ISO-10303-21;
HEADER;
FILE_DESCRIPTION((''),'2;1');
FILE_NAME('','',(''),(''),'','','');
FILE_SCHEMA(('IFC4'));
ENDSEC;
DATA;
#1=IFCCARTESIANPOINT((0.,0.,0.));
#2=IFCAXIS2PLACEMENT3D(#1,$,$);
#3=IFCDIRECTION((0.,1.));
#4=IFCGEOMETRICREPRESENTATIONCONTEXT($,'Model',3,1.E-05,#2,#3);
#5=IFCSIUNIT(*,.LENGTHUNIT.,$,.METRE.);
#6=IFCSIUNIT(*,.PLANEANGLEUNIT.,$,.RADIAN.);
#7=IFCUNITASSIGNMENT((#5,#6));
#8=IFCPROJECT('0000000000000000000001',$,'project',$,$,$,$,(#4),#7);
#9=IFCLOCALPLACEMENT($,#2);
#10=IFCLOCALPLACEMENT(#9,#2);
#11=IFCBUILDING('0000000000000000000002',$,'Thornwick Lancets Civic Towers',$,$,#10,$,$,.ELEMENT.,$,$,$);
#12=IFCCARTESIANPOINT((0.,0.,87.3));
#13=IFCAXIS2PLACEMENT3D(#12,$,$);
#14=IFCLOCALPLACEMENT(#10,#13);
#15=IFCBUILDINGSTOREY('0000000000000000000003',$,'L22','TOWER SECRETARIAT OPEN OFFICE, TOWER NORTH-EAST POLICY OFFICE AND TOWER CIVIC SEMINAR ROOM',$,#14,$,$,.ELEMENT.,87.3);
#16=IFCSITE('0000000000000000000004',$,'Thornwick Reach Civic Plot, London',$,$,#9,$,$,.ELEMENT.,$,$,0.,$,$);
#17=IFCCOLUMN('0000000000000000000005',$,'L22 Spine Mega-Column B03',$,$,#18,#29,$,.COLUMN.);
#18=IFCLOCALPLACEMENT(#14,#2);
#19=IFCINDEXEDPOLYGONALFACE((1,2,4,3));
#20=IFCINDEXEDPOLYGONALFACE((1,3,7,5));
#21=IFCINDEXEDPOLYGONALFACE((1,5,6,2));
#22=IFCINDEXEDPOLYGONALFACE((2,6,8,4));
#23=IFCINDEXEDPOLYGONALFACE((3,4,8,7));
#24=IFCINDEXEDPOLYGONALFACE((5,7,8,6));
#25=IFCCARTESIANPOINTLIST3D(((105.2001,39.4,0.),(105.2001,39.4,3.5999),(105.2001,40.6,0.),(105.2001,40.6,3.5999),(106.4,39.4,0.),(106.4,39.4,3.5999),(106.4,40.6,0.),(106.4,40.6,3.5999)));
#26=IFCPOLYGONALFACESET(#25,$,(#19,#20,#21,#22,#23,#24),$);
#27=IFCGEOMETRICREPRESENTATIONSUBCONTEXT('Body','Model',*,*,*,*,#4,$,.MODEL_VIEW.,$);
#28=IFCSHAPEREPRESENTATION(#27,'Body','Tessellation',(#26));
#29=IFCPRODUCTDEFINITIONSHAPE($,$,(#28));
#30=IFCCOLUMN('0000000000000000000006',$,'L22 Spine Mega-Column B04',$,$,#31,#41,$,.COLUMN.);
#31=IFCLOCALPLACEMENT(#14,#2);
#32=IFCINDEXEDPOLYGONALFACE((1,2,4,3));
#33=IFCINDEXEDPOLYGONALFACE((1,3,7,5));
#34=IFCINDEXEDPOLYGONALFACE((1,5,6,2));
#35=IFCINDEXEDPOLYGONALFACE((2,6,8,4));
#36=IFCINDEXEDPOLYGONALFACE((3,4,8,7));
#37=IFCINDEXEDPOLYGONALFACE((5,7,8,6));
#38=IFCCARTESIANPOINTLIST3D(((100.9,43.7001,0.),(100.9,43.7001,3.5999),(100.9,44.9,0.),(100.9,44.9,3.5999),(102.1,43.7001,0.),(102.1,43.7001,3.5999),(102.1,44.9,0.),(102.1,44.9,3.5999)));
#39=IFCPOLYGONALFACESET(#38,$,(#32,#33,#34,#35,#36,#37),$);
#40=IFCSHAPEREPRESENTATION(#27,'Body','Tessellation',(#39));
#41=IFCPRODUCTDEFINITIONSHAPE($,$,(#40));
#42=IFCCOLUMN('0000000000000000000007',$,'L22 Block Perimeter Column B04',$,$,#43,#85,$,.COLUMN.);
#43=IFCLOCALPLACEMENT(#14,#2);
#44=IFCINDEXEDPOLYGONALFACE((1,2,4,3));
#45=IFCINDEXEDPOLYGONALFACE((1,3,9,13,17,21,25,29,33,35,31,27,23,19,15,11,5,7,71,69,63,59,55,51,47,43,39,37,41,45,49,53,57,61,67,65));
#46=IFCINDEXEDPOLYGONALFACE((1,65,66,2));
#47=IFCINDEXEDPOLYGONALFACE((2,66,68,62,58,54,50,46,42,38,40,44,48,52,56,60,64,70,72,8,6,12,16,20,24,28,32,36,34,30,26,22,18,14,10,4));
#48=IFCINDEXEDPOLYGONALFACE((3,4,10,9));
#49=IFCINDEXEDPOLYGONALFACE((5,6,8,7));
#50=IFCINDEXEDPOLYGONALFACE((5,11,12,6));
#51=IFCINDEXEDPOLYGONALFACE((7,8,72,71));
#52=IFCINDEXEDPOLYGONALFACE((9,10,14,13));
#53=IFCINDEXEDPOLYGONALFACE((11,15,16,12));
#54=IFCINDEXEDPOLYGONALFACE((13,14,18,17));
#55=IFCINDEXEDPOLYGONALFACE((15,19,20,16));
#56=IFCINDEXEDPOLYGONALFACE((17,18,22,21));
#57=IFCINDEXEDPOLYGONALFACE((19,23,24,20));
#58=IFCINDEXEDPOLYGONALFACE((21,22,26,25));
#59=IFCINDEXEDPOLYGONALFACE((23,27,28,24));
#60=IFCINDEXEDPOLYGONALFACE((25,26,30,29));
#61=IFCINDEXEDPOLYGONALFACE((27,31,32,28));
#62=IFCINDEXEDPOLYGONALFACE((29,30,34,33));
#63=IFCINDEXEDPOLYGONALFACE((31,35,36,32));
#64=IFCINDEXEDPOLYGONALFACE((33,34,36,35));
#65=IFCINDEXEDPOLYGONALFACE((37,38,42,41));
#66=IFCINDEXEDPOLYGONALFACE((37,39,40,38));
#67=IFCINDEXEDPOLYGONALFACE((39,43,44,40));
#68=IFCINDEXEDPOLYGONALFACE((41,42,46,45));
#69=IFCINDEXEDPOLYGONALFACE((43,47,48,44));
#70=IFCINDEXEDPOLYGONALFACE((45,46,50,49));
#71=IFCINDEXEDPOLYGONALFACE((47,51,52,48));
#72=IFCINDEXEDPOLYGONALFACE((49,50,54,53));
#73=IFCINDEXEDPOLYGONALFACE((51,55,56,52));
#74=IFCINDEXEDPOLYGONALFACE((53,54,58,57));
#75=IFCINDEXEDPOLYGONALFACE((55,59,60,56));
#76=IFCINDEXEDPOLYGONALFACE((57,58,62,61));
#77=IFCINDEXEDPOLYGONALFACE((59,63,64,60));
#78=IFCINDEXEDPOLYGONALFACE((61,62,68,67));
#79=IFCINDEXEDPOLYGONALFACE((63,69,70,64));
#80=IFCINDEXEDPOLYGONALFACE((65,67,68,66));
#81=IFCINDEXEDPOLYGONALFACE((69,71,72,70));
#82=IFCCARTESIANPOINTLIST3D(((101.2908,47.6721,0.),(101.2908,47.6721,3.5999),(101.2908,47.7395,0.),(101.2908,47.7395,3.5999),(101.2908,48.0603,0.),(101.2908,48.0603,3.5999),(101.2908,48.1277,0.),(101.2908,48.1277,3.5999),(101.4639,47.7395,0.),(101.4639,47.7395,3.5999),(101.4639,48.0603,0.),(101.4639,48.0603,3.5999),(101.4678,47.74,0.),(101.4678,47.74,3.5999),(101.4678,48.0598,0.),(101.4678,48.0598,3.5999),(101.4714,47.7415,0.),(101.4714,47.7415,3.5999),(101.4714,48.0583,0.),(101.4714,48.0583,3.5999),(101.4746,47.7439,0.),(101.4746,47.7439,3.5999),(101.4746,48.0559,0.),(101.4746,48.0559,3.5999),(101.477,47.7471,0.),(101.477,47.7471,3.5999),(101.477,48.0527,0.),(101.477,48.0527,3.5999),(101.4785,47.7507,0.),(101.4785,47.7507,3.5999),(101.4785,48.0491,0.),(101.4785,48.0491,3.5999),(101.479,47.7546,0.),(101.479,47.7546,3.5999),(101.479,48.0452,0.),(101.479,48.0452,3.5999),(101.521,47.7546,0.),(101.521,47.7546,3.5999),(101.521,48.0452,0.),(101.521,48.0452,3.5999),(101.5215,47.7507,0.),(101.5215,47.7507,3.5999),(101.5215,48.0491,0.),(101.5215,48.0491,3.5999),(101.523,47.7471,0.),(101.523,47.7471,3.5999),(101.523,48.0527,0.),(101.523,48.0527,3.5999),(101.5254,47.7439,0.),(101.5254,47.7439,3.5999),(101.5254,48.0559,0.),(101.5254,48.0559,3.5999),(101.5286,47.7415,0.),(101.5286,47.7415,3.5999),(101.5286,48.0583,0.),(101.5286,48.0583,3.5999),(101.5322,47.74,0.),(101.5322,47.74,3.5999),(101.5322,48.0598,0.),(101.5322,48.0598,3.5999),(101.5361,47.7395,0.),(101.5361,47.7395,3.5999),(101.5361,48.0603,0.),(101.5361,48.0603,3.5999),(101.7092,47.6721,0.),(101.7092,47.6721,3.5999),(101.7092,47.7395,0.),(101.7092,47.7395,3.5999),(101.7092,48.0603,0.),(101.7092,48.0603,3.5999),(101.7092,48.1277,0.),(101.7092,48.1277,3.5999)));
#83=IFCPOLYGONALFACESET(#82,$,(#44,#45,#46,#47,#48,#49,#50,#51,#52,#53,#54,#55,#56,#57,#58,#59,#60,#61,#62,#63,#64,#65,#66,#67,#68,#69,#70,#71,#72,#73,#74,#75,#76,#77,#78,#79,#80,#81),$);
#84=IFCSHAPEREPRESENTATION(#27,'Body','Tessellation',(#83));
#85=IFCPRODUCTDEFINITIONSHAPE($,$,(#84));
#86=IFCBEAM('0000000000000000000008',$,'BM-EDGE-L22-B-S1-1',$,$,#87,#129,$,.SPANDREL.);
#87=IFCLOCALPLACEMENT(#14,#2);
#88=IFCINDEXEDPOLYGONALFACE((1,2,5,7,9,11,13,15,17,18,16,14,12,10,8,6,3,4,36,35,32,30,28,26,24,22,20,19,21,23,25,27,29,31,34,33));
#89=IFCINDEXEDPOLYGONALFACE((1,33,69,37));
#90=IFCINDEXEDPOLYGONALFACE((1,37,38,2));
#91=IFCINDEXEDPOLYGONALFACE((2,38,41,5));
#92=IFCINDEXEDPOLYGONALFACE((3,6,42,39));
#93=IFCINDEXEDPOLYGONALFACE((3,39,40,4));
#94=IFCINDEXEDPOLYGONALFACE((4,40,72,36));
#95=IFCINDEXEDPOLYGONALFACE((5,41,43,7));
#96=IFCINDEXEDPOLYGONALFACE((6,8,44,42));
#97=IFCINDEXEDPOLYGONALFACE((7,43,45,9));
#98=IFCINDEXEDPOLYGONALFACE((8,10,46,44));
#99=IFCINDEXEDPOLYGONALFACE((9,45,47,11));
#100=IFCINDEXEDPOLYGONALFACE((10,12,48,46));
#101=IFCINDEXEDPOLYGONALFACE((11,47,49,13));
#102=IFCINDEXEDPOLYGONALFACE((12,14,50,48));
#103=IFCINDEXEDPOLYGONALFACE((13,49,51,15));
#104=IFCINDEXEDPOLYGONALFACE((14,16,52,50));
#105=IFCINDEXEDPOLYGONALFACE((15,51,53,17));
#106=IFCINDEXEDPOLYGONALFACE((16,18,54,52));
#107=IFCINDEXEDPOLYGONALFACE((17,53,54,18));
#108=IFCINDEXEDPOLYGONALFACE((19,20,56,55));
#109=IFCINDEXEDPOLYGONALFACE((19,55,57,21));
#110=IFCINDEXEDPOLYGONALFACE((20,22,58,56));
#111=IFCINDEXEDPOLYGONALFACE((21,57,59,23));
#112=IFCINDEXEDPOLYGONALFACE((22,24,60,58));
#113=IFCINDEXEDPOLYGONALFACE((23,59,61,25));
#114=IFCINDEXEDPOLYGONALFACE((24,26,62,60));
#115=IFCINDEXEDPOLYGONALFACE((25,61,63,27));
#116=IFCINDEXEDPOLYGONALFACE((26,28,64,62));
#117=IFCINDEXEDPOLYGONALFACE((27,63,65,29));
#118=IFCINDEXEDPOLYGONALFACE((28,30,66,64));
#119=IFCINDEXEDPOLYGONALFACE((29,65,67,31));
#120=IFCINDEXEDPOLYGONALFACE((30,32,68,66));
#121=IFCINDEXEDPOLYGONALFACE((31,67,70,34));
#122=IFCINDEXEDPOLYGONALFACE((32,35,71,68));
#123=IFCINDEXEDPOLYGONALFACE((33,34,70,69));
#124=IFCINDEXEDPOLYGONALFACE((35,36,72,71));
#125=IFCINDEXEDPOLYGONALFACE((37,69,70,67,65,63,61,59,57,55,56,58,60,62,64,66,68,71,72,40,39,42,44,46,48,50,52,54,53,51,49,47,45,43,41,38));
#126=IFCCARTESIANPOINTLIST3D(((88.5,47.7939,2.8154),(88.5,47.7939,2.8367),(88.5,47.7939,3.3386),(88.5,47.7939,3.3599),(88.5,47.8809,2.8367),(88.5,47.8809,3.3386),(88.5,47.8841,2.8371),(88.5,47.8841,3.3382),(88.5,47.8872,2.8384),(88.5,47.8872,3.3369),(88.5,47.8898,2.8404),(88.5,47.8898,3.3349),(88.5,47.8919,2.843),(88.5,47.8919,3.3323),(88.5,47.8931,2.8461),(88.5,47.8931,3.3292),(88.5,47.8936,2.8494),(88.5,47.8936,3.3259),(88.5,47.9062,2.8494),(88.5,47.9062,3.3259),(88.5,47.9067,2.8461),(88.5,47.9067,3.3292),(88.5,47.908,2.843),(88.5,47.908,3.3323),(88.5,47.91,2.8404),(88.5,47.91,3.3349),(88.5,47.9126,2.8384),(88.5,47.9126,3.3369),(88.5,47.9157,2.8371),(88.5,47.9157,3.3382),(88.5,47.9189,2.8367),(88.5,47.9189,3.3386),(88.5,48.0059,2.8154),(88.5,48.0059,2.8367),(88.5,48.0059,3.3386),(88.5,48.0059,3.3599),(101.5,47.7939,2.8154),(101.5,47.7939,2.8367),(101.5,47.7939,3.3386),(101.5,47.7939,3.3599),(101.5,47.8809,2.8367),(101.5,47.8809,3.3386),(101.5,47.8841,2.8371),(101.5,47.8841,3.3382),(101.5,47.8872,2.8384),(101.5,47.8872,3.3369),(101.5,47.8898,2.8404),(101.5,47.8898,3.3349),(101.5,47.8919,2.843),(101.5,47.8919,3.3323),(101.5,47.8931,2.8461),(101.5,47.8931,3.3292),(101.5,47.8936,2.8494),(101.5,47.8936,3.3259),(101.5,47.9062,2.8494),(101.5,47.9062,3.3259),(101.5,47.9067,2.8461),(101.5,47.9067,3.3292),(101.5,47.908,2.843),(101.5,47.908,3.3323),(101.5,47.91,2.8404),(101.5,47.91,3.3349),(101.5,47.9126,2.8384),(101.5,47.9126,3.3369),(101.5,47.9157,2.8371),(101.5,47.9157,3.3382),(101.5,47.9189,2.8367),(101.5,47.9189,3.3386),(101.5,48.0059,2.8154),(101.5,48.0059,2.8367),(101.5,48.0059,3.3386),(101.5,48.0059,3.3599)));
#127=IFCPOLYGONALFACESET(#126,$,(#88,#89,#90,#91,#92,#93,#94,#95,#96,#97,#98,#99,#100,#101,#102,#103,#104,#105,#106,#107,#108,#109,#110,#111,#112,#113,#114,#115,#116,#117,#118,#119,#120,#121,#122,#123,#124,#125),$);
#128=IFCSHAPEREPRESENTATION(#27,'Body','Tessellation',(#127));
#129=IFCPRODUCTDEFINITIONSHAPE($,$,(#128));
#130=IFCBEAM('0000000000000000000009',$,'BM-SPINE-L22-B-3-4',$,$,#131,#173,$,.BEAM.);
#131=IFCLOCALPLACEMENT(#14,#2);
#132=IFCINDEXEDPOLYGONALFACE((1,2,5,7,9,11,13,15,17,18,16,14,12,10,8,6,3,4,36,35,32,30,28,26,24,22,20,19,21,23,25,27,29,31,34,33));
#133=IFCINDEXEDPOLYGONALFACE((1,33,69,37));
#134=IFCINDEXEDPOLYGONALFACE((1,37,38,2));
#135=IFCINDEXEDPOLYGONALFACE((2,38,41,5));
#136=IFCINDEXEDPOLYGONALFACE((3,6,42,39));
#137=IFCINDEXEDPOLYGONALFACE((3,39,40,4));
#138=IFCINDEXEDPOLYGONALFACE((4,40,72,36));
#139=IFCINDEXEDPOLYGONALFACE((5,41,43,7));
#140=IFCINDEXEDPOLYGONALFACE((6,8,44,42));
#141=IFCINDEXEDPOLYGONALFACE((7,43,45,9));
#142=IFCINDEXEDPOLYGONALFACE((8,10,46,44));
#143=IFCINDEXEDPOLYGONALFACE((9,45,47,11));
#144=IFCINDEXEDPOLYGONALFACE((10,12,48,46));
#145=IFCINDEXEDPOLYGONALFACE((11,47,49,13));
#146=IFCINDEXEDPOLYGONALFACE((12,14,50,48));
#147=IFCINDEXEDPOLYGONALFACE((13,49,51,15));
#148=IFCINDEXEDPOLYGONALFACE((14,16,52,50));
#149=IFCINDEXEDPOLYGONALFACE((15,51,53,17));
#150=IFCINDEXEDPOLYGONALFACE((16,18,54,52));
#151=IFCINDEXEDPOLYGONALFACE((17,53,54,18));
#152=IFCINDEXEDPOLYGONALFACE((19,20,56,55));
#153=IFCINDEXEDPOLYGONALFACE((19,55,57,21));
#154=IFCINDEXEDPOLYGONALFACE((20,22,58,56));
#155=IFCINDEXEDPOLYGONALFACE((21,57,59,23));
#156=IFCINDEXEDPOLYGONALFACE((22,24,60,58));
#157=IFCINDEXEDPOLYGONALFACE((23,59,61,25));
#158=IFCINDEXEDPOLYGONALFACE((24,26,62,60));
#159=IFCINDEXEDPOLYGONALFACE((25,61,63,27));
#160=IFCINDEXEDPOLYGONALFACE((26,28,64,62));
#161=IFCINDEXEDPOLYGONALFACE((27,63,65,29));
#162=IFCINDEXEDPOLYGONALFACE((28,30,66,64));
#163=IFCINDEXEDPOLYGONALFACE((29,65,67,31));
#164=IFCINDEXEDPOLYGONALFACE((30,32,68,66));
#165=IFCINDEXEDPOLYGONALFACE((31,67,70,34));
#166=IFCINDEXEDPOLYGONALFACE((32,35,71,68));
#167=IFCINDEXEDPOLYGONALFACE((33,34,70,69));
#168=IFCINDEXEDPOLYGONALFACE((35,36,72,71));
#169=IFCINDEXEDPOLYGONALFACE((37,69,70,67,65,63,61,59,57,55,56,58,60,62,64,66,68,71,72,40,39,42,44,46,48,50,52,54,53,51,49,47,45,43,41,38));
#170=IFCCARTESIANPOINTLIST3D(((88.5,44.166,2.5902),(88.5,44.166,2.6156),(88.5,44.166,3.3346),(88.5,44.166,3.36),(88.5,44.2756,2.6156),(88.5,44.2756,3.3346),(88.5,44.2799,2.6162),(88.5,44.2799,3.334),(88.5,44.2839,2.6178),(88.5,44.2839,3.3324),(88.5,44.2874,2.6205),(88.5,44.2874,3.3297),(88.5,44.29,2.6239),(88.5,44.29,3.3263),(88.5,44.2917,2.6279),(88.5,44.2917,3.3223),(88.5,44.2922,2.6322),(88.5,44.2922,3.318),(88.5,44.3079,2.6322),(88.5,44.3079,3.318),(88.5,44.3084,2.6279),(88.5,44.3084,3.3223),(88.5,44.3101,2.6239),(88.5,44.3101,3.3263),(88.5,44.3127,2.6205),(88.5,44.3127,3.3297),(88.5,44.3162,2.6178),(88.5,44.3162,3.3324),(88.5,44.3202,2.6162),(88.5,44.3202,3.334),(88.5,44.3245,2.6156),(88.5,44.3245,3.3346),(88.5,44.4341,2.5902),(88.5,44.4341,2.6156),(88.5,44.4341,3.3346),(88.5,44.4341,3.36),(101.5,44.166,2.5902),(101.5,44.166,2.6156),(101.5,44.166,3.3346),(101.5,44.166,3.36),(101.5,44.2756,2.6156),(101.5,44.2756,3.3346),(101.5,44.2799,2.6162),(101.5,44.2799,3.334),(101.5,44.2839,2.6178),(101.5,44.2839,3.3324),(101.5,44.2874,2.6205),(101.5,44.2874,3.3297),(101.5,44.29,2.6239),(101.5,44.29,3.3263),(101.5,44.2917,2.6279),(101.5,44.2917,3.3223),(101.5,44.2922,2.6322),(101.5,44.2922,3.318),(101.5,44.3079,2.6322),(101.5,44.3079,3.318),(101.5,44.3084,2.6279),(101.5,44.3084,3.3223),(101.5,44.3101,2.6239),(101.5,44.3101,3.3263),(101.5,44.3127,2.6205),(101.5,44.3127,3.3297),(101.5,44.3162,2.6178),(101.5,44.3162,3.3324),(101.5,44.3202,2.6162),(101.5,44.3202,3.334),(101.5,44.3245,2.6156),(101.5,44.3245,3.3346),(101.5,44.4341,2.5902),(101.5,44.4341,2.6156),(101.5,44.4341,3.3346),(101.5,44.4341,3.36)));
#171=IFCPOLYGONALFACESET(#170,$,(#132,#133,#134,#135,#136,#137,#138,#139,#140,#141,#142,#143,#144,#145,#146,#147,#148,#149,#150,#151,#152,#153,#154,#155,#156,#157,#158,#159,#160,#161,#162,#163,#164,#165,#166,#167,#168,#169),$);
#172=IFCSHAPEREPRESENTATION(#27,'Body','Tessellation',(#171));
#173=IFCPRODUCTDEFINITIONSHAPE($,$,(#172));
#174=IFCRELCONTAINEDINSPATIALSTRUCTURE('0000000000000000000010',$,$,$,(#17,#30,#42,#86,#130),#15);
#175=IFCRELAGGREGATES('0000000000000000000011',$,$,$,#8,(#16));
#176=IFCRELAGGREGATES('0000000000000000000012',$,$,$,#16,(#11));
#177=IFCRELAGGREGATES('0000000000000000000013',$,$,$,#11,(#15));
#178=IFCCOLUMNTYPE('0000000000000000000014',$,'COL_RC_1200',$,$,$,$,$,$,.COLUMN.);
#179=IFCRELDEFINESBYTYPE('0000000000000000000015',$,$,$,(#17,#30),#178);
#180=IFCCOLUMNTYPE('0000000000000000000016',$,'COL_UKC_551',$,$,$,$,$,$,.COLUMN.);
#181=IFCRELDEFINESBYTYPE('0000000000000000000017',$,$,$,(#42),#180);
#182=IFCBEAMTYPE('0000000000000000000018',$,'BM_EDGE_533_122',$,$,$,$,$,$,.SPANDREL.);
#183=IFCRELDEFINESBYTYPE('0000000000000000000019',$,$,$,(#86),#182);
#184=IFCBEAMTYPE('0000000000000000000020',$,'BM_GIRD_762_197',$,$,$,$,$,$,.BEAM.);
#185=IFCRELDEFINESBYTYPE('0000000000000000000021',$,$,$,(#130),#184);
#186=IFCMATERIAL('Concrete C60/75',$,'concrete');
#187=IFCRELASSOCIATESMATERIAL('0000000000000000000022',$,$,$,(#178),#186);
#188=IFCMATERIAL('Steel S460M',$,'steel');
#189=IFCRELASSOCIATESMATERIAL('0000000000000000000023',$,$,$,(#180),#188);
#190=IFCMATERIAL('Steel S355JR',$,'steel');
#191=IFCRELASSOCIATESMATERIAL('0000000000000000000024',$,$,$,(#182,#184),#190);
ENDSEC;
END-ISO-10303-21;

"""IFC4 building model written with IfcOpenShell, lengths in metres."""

from ifc_helpers import new_model, si_unit, direction, frame, origin, origin_2d, place, context, subcontext, project, spatial, rectangle, i_section, extrude, material, material_profile, profile_set, type_object, element, save


model = new_model("IFC4")

# Units and contexts
model_context = context("Model", 3, precision=1e-05, world=origin(), true_north=direction((0.0, 1.0)))
body_context = subcontext(model_context, "Body", "Model", "MODEL_VIEW")
ifc_project = project(units=[si_unit("LENGTHUNIT", "METRE"), si_unit("PLANEANGLEUNIT", "RADIAN")], contexts=[model_context])

# Site, building, storey
site_placement = place(None, origin())
site = spatial("IfcSite", under=ifc_project, at=site_placement, Name="Thornwick Reach Civic Plot, London", CompositionType="ELEMENT", RefElevation=0.0)
building_placement = place(site_placement, origin())
building = spatial("IfcBuilding", under=site, at=building_placement, Name="Thornwick Lancets Civic Towers", CompositionType="ELEMENT")
storey_placement = place(building_placement, frame((0.0, 0.0, 87.3)))
storey = spatial("IfcBuildingStorey", under=building, at=storey_placement, Name="L22", Description="TOWER SECRETARIAT OPEN OFFICE, TOWER NORTH-EAST POLICY OFFICE AND TOWER CIVIC SEMINAR ROOM", CompositionType="ELEMENT", Elevation=87.3)

# Columns
ifc_material_1 = material(Name="Concrete C60/75", Category="concrete")
ifc_material_profile_1 = material_profile(ifc_material_1, rectangle(XDim=1.2, YDim=1.2, at=origin_2d()), Name="RC 1200x1200")
ifc_profile_set_1 = profile_set([ifc_material_profile_1], Name="Concrete C60/75")
column_type_1 = type_object("IfcColumnType", Name="COL_RC_1200", PredefinedType="COLUMN", material=ifc_profile_set_1)
for number, where, z_axis, x_axis, name in (
    (1, (105.8, 40.0, 0.0), (0.0, 0.0, 1.0), (1.0, 0.0, 0.0), "L22 Spine Mega-Column B03"),
    (2, (101.5, 44.3, 0.0), (0.0, 0.0, 1.0), (1.0, 0.0, 0.0), "L22 Spine Mega-Column B04"),
):
    element("IfcColumn", number, at=place(storey_placement, frame(where, z_axis=z_axis, x_axis=x_axis)), inside=storey, type_object=column_type_1, Name=name, PredefinedType="COLUMN", context=body_context, shape_type="SweptSolid", body=[
        extrude(rectangle(XDim=1.2, YDim=1.2, at=origin_2d()), origin(), (0.0, 0.0, 1.0), 3.5999),
    ])
ifc_material_2 = material(Name="Steel S460M", Category="steel")
ifc_material_profile_2 = material_profile(ifc_material_2, i_section(OverallWidth=0.4185, OverallDepth=0.4556, WebThickness=0.042, FlangeThickness=0.0674, FilletRadius=0.0151, at=origin_2d()), Name="UKC 356x406x551")
ifc_profile_set_2 = profile_set([ifc_material_profile_2], Name="Steel S460M")
column_type_2 = type_object("IfcColumnType", Name="COL_UKC_551", PredefinedType="COLUMN", material=ifc_profile_set_2)
column_placement = place(storey_placement, frame((101.5, 47.8999, 0.0), z_axis=(0.0, 0.0, 1.0), x_axis=(1.0, 0.0, 0.0)))
element("IfcColumn", 3, at=column_placement, inside=storey, type_object=column_type_2, Name="L22 Block Perimeter Column B04", PredefinedType="COLUMN", context=body_context, shape_type="SweptSolid", body=[
    extrude(i_section(OverallWidth=0.4185, OverallDepth=0.4556, WebThickness=0.042, FlangeThickness=0.0674, FilletRadius=0.0151, at=origin_2d()), origin(), (0.0, 0.0, 1.0), 3.5999),
])

# Beams
ifc_material_3 = material(Name="Steel S355JR", Category="steel")
ifc_material_profile_3 = material_profile(ifc_material_3, i_section(OverallWidth=0.2119, OverallDepth=0.5444, WebThickness=0.0127, FlangeThickness=0.0212, FilletRadius=0.0127, at=origin_2d()), Name="UKB 533x210x122")
ifc_profile_set_3 = profile_set([ifc_material_profile_3], Name="Steel S355JR")
beam_type_1 = type_object("IfcBeamType", Name="BM_EDGE_533_122", PredefinedType="SPANDREL", material=ifc_profile_set_3)
beam_1_placement = place(storey_placement, frame((101.5, 47.8999, 3.0876), z_axis=(-1.0, 0.0, 0.0), x_axis=(0.0, -1.0, 0.0)))
element("IfcBeam", 4, at=beam_1_placement, inside=storey, type_object=beam_type_1, Name="BM-EDGE-L22-B-S1-1", PredefinedType="SPANDREL", context=body_context, shape_type="SweptSolid", body=[
    extrude(i_section(OverallWidth=0.2119, OverallDepth=0.5444, WebThickness=0.0127, FlangeThickness=0.0212, FilletRadius=0.0127, at=origin_2d()), origin(), (0.0, 0.0, 1.0), 13.0),
])
ifc_material_profile_4 = material_profile(ifc_material_3, i_section(OverallWidth=0.2681, OverallDepth=0.7698, WebThickness=0.0156, FlangeThickness=0.0254, FilletRadius=0.0166, at=origin_2d()), Name="UKB 762x267x197")
ifc_profile_set_4 = profile_set([ifc_material_profile_4], Name="Steel S355JR")
beam_type_2 = type_object("IfcBeamType", Name="BM_GIRD_762_197", PredefinedType="BEAM", material=ifc_profile_set_4)
beam_2_placement = place(storey_placement, frame((101.5, 44.3, 2.9751), z_axis=(-1.0, 0.0, 0.0), x_axis=(0.0, -1.0, 0.0)))
element("IfcBeam", 5, at=beam_2_placement, inside=storey, type_object=beam_type_2, Name="BM-SPINE-L22-B-3-4", PredefinedType="BEAM", context=body_context, shape_type="SweptSolid", body=[
    extrude(i_section(OverallWidth=0.2681, OverallDepth=0.7698, WebThickness=0.0156, FlangeThickness=0.0254, FilletRadius=0.0166, at=origin_2d()), origin(), (0.0, 0.0, 1.0), 13.0),
])

save(model, "model.ifc")
